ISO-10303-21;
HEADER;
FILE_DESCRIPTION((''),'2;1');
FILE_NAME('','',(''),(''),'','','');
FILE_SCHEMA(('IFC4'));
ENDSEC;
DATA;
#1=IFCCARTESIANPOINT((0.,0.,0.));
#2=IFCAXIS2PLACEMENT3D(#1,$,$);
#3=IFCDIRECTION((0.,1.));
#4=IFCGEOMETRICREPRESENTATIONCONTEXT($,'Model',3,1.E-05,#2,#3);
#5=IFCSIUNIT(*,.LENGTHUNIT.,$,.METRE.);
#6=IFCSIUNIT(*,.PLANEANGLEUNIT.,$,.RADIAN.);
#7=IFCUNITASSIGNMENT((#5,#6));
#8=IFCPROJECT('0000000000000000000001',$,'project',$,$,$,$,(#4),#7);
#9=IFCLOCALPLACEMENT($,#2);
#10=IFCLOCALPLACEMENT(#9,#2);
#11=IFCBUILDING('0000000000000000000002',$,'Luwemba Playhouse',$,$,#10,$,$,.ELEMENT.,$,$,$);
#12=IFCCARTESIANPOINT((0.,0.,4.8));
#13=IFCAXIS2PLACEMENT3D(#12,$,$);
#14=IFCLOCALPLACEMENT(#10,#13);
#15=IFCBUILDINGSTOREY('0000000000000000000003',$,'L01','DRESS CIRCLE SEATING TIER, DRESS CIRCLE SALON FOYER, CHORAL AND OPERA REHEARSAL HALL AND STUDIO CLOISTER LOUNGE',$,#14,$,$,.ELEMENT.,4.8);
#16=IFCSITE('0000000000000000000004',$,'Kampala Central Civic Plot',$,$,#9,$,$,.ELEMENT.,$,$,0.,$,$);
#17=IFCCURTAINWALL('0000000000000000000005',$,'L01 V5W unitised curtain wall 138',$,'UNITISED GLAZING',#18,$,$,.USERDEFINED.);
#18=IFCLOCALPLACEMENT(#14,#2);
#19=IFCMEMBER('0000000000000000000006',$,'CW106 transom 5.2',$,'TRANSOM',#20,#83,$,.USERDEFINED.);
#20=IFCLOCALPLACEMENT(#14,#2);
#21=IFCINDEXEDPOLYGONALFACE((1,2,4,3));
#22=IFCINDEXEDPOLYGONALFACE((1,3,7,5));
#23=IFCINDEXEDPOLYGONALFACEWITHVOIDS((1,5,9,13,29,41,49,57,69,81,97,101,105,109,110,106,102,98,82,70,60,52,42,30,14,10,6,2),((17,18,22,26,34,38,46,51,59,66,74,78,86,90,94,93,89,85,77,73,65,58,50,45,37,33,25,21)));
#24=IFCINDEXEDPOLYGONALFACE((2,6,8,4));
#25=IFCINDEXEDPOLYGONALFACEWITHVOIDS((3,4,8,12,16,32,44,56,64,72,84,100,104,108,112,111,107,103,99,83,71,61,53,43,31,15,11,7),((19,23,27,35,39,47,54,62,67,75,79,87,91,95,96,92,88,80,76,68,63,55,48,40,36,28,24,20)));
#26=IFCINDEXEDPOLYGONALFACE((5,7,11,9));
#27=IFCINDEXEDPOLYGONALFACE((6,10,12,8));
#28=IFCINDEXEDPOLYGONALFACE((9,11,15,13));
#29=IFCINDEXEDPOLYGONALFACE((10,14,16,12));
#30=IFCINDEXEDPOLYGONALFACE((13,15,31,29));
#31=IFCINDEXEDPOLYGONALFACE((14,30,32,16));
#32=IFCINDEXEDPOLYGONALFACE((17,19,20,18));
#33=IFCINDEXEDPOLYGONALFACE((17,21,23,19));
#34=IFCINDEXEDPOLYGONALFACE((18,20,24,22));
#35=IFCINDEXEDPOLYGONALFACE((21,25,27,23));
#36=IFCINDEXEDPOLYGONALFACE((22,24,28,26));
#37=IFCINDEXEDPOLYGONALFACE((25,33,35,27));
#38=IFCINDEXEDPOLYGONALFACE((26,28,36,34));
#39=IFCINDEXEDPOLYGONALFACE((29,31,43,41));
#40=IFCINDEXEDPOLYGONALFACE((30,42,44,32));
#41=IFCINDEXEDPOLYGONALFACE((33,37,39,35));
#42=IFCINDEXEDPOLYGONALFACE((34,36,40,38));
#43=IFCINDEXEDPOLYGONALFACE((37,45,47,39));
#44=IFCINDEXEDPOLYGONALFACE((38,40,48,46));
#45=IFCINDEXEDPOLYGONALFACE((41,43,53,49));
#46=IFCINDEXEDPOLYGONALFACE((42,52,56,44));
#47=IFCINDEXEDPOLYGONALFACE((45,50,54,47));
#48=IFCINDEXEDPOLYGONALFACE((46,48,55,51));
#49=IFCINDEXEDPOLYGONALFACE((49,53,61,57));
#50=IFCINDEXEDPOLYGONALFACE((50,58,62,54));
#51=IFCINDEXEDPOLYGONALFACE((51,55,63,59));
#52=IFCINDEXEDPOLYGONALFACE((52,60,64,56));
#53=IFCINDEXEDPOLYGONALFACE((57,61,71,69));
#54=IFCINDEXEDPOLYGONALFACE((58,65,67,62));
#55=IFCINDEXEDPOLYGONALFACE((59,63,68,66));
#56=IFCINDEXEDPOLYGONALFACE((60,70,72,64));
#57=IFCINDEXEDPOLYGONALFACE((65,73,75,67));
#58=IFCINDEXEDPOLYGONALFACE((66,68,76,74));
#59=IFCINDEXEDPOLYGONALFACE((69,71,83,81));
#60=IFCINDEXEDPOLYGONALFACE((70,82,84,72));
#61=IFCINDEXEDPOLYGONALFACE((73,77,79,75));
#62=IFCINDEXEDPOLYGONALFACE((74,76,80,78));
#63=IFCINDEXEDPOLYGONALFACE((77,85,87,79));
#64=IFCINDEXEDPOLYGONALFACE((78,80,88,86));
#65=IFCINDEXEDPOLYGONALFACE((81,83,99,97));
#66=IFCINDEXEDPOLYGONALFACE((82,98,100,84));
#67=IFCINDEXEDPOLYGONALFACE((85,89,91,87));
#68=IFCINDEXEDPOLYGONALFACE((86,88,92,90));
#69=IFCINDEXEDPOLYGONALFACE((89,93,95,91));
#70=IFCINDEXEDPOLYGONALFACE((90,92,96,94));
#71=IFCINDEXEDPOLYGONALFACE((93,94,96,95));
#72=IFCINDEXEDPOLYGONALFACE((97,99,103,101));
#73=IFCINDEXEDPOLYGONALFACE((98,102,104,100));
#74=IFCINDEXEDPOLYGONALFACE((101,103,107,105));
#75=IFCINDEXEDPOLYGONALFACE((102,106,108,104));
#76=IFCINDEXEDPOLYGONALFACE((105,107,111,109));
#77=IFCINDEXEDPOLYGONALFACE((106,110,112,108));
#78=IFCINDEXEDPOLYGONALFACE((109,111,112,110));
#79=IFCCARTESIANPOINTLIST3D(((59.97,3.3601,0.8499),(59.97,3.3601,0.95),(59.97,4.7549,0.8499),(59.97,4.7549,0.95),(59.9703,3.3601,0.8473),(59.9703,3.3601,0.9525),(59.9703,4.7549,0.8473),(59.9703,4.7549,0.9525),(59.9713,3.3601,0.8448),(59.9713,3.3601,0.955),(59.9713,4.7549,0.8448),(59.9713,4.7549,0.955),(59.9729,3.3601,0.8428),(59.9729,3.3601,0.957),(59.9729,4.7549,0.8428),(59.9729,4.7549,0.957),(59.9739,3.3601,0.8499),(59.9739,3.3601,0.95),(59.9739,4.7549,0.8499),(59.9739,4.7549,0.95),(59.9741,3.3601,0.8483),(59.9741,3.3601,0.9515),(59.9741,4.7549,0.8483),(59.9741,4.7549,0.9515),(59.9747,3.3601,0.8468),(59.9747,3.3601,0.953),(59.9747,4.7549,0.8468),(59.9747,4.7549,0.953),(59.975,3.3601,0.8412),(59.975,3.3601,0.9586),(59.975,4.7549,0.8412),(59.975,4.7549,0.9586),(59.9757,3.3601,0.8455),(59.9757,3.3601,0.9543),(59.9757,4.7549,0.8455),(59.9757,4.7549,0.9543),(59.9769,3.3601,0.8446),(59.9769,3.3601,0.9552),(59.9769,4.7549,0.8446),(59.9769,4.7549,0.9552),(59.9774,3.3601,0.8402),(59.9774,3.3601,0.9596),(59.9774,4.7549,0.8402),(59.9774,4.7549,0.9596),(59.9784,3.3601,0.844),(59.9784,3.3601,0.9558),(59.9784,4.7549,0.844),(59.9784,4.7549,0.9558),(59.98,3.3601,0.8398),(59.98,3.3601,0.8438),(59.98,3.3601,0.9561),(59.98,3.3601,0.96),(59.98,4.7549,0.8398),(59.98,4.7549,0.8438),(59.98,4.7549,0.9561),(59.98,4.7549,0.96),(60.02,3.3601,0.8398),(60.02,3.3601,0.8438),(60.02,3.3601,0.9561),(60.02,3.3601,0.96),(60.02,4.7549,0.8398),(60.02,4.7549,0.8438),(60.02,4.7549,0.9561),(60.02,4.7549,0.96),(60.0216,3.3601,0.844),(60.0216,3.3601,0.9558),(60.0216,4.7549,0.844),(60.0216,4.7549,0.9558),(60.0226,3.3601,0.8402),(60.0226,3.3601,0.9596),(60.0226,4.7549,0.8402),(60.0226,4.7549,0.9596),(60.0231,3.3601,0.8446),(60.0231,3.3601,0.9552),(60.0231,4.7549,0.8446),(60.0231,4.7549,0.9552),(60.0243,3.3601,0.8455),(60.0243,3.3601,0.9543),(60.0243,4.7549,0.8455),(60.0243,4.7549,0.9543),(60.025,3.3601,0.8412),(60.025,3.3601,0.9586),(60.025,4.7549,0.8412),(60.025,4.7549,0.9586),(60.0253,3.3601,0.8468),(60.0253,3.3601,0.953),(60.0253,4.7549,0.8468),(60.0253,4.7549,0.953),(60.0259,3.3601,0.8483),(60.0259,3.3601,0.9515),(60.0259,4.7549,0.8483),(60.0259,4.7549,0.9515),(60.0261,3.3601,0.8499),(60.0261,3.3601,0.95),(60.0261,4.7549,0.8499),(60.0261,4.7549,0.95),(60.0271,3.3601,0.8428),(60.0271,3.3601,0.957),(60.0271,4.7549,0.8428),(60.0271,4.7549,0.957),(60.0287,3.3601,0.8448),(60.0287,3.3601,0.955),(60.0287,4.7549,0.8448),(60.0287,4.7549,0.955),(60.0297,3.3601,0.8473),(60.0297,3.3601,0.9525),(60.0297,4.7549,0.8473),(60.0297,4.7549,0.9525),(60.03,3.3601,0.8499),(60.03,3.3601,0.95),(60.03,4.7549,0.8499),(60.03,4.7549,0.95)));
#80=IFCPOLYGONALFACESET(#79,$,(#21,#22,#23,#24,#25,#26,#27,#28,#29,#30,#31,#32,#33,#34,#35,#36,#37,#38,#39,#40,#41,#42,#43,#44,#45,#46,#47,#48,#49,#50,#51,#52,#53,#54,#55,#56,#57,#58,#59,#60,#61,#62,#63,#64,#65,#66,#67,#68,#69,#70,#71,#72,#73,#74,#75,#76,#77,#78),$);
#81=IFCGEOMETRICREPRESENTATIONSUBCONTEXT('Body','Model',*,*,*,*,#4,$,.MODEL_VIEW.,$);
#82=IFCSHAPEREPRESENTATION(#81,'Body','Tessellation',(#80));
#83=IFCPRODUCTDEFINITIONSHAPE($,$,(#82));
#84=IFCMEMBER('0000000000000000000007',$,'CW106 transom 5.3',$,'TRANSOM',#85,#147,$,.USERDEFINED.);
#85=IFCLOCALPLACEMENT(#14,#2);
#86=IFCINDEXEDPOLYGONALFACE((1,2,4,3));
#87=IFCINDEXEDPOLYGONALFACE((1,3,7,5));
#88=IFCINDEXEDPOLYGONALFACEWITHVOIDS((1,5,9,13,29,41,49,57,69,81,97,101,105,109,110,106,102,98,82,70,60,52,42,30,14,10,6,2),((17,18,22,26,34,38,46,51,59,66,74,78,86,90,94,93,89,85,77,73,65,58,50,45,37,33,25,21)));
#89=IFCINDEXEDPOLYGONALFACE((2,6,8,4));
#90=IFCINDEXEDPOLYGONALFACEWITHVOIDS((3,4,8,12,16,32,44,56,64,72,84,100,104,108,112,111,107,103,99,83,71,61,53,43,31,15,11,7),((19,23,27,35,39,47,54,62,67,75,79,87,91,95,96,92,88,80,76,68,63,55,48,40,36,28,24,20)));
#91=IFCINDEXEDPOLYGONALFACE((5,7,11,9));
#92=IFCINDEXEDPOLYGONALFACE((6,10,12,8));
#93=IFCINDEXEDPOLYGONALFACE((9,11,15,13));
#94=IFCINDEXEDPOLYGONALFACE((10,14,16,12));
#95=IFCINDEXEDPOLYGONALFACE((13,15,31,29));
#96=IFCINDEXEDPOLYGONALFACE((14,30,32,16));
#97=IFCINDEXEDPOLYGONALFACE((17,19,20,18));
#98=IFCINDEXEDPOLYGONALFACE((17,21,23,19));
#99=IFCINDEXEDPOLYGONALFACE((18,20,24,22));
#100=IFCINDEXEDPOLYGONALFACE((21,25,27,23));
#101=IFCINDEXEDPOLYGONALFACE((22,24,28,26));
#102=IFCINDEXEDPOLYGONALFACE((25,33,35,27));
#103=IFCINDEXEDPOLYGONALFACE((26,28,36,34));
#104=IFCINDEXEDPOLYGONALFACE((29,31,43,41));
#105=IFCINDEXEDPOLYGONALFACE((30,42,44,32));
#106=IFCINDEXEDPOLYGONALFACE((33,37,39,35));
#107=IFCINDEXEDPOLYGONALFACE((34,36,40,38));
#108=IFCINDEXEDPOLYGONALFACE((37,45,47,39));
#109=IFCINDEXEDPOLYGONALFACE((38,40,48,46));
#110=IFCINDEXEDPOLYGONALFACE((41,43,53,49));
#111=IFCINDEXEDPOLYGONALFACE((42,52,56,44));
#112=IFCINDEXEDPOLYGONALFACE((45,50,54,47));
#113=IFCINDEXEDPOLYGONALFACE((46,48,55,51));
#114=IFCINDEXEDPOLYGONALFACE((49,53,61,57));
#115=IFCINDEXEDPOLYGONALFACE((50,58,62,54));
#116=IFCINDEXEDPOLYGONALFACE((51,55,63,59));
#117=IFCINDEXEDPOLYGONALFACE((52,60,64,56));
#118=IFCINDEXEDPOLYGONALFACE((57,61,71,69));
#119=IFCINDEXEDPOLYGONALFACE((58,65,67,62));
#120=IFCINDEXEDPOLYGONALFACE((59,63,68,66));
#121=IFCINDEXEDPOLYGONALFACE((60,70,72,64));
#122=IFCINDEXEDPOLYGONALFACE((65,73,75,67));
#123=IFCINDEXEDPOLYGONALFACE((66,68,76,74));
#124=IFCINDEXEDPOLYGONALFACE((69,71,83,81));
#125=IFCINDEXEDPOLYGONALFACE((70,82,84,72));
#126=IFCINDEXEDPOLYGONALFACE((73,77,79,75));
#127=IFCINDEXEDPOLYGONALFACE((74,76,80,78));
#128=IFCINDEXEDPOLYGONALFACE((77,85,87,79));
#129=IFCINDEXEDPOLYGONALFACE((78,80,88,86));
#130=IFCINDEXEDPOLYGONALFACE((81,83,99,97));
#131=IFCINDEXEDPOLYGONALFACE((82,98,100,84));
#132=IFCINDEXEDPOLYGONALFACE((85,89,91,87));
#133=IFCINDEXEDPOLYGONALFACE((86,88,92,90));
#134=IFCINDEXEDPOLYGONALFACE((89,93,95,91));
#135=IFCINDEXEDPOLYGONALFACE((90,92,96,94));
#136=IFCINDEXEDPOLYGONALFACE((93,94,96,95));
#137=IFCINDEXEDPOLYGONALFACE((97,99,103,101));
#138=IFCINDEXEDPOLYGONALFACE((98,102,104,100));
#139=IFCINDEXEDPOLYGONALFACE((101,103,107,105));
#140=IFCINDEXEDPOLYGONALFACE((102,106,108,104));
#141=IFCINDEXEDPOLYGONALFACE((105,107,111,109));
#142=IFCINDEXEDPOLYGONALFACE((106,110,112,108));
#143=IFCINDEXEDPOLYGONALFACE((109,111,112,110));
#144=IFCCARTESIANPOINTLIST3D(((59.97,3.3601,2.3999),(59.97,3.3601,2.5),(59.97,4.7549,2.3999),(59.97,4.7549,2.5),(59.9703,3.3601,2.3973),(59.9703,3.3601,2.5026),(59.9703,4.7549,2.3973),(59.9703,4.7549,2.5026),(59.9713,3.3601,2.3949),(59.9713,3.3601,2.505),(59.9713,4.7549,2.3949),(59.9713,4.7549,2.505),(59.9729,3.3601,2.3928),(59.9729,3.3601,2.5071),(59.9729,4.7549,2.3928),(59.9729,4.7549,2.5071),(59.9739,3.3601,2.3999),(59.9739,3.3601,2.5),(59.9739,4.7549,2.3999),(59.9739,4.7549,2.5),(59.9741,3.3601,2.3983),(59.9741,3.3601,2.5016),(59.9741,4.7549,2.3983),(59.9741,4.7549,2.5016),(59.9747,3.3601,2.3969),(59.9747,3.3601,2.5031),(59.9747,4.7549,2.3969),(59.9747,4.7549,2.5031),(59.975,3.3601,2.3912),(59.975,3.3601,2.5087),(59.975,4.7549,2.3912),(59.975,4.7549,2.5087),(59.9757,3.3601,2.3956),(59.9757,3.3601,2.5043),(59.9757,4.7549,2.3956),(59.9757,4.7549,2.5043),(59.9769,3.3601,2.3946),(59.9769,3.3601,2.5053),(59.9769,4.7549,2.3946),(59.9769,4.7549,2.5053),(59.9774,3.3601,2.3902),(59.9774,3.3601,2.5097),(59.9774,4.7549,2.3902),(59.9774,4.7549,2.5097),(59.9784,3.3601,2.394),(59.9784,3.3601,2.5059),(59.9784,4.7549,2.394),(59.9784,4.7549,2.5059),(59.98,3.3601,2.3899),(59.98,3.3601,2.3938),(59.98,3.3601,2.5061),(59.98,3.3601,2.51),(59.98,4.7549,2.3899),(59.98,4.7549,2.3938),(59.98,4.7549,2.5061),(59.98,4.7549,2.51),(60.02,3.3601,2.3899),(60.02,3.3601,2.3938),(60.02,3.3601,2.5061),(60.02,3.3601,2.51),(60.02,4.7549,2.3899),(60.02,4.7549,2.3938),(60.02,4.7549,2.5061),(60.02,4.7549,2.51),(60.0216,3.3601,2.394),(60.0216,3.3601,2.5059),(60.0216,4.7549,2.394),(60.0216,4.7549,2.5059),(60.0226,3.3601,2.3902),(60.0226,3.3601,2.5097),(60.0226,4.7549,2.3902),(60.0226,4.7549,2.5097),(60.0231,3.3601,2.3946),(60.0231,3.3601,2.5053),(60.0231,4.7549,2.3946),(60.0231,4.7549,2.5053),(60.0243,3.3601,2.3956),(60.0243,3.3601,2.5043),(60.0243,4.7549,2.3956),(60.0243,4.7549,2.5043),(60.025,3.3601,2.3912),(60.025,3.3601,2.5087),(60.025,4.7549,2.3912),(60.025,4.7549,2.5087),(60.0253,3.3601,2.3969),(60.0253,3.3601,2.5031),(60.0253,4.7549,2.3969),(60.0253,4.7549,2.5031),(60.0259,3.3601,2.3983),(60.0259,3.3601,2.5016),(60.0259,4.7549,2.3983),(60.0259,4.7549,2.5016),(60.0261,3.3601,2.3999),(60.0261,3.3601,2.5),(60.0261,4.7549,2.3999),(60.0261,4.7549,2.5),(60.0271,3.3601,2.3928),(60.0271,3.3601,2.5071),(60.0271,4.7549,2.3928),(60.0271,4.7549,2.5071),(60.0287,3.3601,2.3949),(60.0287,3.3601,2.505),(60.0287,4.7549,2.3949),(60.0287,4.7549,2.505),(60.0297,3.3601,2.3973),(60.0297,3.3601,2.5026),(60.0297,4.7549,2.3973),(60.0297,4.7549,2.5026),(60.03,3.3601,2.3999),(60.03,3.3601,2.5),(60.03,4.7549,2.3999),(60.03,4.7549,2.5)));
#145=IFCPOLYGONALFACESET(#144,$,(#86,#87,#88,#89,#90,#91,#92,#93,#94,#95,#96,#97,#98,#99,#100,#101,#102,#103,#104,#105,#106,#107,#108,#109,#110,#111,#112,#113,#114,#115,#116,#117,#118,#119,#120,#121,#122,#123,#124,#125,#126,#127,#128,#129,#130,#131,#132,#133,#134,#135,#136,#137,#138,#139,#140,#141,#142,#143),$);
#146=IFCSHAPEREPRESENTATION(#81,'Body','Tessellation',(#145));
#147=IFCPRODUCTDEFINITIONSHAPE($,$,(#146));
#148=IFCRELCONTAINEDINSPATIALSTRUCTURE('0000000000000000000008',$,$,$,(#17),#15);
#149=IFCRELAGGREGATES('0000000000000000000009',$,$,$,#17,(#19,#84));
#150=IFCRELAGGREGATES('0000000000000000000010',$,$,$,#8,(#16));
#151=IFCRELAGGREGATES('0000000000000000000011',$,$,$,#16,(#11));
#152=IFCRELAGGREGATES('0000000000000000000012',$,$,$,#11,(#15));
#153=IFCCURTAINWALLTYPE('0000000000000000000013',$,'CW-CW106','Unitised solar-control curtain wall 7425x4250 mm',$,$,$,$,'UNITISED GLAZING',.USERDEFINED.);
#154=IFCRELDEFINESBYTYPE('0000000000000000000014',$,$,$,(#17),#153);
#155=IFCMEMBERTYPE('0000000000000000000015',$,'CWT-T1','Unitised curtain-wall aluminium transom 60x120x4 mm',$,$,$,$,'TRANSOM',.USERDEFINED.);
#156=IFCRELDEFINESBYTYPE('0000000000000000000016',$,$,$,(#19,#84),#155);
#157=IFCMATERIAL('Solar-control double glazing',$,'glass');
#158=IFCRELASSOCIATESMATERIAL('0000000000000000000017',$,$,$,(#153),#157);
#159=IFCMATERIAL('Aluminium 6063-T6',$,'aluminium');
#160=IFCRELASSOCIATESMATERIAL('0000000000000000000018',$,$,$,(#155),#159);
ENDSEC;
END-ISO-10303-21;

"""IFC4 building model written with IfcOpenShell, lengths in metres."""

from ifc_helpers import new_model, si_unit, direction, frame, origin, origin_2d, place, context, subcontext, project, spatial, hollow_rectangle, extrude, material, material_profile, profile_set, type_object, element, aggregate, save


model = new_model("IFC4")

# Units and contexts
model_context = context("Model", 3, precision=1e-05, world=origin(), true_north=direction((0.0, 1.0)))
body_context = subcontext(model_context, "Body", "Model", "MODEL_VIEW")
ifc_project = project(units=[si_unit("LENGTHUNIT", "METRE"), si_unit("PLANEANGLEUNIT", "RADIAN")], contexts=[model_context])

# Site, building, storey
site_placement = place(None, origin())
site = spatial("IfcSite", under=ifc_project, at=site_placement, Name="Kampala Central Civic Plot", CompositionType="ELEMENT", RefElevation=0.0)
building_placement = place(site_placement, origin())
building = spatial("IfcBuilding", under=site, at=building_placement, Name="Luwemba Playhouse", CompositionType="ELEMENT")
storey_placement = place(building_placement, frame((0.0, 0.0, 4.8)))
storey = spatial("IfcBuildingStorey", under=building, at=storey_placement, Name="L01", Description="DRESS CIRCLE SEATING TIER, DRESS CIRCLE SALON FOYER, CHORAL AND OPERA REHEARSAL HALL AND STUDIO CLOISTER LOUNGE", CompositionType="ELEMENT", Elevation=4.8)

# Curtain wall
ifc_material_1 = material(Name="Solar-control double glazing", Category="glass")
curtain_wall_type_1 = type_object("IfcCurtainWallType", Name="CW-CW106", Description="Unitised solar-control curtain wall 7425x4250 mm", ElementType="UNITISED GLAZING", PredefinedType="USERDEFINED", material=ifc_material_1)
curtain_wall_1_placement = place(storey_placement, origin())
curtain_wall_1 = element("IfcCurtainWall", 1, at=curtain_wall_1_placement, inside=storey, type_object=curtain_wall_type_1, Name="L01 V5W unitised curtain wall 138", ObjectType="UNITISED GLAZING", PredefinedType="USERDEFINED")
ifc_material_2 = material(Name="Aluminium 6063-T6", Category="aluminium")

# Members
ifc_material_profile_1 = material_profile(ifc_material_2, hollow_rectangle(XDim=0.0601, YDim=0.1201, WallThickness=0.0039, InnerFilletRadius=0.0061, OuterFilletRadius=0.01, at=origin_2d()))
ifc_profile_set_1 = profile_set([ifc_material_profile_1], Name="Aluminium 6063-T6")
member_type_1 = type_object("IfcMemberType", Name="CWT-T1", Description="Unitised curtain-wall aluminium transom 60x120x4 mm", ElementType="TRANSOM", PredefinedType="USERDEFINED", material=ifc_profile_set_1)
member_1_placement = place(storey_placement, frame((60.0, 4.7549, 0.8999), z_axis=(0.0, -1.0, 0.0), x_axis=(1.0, 0.0, 0.0)))
member_1 = element("IfcMember", 2, at=member_1_placement, type_object=member_type_1, Name="CW106 transom 5.2", ObjectType="TRANSOM", PredefinedType="USERDEFINED", context=body_context, shape_type="SweptSolid", body=[
    extrude(hollow_rectangle(XDim=0.0601, YDim=0.1201, WallThickness=0.0039, InnerFilletRadius=0.0061, OuterFilletRadius=0.01, at=origin_2d()), origin(), (0.0, 0.0, 1.0), 1.3948),
])
member_2_placement = place(storey_placement, frame((60.0, 4.7549, 2.45), z_axis=(0.0, -1.0, 0.0), x_axis=(1.0, 0.0, 0.0)))
member_2 = element("IfcMember", 3, at=member_2_placement, type_object=member_type_1, Name="CW106 transom 5.3", ObjectType="TRANSOM", PredefinedType="USERDEFINED", context=body_context, shape_type="SweptSolid", body=[
    extrude(hollow_rectangle(XDim=0.0601, YDim=0.1201, WallThickness=0.0039, InnerFilletRadius=0.0061, OuterFilletRadius=0.01, at=origin_2d()), origin(), (0.0, 0.0, 1.0), 1.3948),
])

aggregate(curtain_wall_1, [member_1, member_2])

save(model, "model.ifc")
